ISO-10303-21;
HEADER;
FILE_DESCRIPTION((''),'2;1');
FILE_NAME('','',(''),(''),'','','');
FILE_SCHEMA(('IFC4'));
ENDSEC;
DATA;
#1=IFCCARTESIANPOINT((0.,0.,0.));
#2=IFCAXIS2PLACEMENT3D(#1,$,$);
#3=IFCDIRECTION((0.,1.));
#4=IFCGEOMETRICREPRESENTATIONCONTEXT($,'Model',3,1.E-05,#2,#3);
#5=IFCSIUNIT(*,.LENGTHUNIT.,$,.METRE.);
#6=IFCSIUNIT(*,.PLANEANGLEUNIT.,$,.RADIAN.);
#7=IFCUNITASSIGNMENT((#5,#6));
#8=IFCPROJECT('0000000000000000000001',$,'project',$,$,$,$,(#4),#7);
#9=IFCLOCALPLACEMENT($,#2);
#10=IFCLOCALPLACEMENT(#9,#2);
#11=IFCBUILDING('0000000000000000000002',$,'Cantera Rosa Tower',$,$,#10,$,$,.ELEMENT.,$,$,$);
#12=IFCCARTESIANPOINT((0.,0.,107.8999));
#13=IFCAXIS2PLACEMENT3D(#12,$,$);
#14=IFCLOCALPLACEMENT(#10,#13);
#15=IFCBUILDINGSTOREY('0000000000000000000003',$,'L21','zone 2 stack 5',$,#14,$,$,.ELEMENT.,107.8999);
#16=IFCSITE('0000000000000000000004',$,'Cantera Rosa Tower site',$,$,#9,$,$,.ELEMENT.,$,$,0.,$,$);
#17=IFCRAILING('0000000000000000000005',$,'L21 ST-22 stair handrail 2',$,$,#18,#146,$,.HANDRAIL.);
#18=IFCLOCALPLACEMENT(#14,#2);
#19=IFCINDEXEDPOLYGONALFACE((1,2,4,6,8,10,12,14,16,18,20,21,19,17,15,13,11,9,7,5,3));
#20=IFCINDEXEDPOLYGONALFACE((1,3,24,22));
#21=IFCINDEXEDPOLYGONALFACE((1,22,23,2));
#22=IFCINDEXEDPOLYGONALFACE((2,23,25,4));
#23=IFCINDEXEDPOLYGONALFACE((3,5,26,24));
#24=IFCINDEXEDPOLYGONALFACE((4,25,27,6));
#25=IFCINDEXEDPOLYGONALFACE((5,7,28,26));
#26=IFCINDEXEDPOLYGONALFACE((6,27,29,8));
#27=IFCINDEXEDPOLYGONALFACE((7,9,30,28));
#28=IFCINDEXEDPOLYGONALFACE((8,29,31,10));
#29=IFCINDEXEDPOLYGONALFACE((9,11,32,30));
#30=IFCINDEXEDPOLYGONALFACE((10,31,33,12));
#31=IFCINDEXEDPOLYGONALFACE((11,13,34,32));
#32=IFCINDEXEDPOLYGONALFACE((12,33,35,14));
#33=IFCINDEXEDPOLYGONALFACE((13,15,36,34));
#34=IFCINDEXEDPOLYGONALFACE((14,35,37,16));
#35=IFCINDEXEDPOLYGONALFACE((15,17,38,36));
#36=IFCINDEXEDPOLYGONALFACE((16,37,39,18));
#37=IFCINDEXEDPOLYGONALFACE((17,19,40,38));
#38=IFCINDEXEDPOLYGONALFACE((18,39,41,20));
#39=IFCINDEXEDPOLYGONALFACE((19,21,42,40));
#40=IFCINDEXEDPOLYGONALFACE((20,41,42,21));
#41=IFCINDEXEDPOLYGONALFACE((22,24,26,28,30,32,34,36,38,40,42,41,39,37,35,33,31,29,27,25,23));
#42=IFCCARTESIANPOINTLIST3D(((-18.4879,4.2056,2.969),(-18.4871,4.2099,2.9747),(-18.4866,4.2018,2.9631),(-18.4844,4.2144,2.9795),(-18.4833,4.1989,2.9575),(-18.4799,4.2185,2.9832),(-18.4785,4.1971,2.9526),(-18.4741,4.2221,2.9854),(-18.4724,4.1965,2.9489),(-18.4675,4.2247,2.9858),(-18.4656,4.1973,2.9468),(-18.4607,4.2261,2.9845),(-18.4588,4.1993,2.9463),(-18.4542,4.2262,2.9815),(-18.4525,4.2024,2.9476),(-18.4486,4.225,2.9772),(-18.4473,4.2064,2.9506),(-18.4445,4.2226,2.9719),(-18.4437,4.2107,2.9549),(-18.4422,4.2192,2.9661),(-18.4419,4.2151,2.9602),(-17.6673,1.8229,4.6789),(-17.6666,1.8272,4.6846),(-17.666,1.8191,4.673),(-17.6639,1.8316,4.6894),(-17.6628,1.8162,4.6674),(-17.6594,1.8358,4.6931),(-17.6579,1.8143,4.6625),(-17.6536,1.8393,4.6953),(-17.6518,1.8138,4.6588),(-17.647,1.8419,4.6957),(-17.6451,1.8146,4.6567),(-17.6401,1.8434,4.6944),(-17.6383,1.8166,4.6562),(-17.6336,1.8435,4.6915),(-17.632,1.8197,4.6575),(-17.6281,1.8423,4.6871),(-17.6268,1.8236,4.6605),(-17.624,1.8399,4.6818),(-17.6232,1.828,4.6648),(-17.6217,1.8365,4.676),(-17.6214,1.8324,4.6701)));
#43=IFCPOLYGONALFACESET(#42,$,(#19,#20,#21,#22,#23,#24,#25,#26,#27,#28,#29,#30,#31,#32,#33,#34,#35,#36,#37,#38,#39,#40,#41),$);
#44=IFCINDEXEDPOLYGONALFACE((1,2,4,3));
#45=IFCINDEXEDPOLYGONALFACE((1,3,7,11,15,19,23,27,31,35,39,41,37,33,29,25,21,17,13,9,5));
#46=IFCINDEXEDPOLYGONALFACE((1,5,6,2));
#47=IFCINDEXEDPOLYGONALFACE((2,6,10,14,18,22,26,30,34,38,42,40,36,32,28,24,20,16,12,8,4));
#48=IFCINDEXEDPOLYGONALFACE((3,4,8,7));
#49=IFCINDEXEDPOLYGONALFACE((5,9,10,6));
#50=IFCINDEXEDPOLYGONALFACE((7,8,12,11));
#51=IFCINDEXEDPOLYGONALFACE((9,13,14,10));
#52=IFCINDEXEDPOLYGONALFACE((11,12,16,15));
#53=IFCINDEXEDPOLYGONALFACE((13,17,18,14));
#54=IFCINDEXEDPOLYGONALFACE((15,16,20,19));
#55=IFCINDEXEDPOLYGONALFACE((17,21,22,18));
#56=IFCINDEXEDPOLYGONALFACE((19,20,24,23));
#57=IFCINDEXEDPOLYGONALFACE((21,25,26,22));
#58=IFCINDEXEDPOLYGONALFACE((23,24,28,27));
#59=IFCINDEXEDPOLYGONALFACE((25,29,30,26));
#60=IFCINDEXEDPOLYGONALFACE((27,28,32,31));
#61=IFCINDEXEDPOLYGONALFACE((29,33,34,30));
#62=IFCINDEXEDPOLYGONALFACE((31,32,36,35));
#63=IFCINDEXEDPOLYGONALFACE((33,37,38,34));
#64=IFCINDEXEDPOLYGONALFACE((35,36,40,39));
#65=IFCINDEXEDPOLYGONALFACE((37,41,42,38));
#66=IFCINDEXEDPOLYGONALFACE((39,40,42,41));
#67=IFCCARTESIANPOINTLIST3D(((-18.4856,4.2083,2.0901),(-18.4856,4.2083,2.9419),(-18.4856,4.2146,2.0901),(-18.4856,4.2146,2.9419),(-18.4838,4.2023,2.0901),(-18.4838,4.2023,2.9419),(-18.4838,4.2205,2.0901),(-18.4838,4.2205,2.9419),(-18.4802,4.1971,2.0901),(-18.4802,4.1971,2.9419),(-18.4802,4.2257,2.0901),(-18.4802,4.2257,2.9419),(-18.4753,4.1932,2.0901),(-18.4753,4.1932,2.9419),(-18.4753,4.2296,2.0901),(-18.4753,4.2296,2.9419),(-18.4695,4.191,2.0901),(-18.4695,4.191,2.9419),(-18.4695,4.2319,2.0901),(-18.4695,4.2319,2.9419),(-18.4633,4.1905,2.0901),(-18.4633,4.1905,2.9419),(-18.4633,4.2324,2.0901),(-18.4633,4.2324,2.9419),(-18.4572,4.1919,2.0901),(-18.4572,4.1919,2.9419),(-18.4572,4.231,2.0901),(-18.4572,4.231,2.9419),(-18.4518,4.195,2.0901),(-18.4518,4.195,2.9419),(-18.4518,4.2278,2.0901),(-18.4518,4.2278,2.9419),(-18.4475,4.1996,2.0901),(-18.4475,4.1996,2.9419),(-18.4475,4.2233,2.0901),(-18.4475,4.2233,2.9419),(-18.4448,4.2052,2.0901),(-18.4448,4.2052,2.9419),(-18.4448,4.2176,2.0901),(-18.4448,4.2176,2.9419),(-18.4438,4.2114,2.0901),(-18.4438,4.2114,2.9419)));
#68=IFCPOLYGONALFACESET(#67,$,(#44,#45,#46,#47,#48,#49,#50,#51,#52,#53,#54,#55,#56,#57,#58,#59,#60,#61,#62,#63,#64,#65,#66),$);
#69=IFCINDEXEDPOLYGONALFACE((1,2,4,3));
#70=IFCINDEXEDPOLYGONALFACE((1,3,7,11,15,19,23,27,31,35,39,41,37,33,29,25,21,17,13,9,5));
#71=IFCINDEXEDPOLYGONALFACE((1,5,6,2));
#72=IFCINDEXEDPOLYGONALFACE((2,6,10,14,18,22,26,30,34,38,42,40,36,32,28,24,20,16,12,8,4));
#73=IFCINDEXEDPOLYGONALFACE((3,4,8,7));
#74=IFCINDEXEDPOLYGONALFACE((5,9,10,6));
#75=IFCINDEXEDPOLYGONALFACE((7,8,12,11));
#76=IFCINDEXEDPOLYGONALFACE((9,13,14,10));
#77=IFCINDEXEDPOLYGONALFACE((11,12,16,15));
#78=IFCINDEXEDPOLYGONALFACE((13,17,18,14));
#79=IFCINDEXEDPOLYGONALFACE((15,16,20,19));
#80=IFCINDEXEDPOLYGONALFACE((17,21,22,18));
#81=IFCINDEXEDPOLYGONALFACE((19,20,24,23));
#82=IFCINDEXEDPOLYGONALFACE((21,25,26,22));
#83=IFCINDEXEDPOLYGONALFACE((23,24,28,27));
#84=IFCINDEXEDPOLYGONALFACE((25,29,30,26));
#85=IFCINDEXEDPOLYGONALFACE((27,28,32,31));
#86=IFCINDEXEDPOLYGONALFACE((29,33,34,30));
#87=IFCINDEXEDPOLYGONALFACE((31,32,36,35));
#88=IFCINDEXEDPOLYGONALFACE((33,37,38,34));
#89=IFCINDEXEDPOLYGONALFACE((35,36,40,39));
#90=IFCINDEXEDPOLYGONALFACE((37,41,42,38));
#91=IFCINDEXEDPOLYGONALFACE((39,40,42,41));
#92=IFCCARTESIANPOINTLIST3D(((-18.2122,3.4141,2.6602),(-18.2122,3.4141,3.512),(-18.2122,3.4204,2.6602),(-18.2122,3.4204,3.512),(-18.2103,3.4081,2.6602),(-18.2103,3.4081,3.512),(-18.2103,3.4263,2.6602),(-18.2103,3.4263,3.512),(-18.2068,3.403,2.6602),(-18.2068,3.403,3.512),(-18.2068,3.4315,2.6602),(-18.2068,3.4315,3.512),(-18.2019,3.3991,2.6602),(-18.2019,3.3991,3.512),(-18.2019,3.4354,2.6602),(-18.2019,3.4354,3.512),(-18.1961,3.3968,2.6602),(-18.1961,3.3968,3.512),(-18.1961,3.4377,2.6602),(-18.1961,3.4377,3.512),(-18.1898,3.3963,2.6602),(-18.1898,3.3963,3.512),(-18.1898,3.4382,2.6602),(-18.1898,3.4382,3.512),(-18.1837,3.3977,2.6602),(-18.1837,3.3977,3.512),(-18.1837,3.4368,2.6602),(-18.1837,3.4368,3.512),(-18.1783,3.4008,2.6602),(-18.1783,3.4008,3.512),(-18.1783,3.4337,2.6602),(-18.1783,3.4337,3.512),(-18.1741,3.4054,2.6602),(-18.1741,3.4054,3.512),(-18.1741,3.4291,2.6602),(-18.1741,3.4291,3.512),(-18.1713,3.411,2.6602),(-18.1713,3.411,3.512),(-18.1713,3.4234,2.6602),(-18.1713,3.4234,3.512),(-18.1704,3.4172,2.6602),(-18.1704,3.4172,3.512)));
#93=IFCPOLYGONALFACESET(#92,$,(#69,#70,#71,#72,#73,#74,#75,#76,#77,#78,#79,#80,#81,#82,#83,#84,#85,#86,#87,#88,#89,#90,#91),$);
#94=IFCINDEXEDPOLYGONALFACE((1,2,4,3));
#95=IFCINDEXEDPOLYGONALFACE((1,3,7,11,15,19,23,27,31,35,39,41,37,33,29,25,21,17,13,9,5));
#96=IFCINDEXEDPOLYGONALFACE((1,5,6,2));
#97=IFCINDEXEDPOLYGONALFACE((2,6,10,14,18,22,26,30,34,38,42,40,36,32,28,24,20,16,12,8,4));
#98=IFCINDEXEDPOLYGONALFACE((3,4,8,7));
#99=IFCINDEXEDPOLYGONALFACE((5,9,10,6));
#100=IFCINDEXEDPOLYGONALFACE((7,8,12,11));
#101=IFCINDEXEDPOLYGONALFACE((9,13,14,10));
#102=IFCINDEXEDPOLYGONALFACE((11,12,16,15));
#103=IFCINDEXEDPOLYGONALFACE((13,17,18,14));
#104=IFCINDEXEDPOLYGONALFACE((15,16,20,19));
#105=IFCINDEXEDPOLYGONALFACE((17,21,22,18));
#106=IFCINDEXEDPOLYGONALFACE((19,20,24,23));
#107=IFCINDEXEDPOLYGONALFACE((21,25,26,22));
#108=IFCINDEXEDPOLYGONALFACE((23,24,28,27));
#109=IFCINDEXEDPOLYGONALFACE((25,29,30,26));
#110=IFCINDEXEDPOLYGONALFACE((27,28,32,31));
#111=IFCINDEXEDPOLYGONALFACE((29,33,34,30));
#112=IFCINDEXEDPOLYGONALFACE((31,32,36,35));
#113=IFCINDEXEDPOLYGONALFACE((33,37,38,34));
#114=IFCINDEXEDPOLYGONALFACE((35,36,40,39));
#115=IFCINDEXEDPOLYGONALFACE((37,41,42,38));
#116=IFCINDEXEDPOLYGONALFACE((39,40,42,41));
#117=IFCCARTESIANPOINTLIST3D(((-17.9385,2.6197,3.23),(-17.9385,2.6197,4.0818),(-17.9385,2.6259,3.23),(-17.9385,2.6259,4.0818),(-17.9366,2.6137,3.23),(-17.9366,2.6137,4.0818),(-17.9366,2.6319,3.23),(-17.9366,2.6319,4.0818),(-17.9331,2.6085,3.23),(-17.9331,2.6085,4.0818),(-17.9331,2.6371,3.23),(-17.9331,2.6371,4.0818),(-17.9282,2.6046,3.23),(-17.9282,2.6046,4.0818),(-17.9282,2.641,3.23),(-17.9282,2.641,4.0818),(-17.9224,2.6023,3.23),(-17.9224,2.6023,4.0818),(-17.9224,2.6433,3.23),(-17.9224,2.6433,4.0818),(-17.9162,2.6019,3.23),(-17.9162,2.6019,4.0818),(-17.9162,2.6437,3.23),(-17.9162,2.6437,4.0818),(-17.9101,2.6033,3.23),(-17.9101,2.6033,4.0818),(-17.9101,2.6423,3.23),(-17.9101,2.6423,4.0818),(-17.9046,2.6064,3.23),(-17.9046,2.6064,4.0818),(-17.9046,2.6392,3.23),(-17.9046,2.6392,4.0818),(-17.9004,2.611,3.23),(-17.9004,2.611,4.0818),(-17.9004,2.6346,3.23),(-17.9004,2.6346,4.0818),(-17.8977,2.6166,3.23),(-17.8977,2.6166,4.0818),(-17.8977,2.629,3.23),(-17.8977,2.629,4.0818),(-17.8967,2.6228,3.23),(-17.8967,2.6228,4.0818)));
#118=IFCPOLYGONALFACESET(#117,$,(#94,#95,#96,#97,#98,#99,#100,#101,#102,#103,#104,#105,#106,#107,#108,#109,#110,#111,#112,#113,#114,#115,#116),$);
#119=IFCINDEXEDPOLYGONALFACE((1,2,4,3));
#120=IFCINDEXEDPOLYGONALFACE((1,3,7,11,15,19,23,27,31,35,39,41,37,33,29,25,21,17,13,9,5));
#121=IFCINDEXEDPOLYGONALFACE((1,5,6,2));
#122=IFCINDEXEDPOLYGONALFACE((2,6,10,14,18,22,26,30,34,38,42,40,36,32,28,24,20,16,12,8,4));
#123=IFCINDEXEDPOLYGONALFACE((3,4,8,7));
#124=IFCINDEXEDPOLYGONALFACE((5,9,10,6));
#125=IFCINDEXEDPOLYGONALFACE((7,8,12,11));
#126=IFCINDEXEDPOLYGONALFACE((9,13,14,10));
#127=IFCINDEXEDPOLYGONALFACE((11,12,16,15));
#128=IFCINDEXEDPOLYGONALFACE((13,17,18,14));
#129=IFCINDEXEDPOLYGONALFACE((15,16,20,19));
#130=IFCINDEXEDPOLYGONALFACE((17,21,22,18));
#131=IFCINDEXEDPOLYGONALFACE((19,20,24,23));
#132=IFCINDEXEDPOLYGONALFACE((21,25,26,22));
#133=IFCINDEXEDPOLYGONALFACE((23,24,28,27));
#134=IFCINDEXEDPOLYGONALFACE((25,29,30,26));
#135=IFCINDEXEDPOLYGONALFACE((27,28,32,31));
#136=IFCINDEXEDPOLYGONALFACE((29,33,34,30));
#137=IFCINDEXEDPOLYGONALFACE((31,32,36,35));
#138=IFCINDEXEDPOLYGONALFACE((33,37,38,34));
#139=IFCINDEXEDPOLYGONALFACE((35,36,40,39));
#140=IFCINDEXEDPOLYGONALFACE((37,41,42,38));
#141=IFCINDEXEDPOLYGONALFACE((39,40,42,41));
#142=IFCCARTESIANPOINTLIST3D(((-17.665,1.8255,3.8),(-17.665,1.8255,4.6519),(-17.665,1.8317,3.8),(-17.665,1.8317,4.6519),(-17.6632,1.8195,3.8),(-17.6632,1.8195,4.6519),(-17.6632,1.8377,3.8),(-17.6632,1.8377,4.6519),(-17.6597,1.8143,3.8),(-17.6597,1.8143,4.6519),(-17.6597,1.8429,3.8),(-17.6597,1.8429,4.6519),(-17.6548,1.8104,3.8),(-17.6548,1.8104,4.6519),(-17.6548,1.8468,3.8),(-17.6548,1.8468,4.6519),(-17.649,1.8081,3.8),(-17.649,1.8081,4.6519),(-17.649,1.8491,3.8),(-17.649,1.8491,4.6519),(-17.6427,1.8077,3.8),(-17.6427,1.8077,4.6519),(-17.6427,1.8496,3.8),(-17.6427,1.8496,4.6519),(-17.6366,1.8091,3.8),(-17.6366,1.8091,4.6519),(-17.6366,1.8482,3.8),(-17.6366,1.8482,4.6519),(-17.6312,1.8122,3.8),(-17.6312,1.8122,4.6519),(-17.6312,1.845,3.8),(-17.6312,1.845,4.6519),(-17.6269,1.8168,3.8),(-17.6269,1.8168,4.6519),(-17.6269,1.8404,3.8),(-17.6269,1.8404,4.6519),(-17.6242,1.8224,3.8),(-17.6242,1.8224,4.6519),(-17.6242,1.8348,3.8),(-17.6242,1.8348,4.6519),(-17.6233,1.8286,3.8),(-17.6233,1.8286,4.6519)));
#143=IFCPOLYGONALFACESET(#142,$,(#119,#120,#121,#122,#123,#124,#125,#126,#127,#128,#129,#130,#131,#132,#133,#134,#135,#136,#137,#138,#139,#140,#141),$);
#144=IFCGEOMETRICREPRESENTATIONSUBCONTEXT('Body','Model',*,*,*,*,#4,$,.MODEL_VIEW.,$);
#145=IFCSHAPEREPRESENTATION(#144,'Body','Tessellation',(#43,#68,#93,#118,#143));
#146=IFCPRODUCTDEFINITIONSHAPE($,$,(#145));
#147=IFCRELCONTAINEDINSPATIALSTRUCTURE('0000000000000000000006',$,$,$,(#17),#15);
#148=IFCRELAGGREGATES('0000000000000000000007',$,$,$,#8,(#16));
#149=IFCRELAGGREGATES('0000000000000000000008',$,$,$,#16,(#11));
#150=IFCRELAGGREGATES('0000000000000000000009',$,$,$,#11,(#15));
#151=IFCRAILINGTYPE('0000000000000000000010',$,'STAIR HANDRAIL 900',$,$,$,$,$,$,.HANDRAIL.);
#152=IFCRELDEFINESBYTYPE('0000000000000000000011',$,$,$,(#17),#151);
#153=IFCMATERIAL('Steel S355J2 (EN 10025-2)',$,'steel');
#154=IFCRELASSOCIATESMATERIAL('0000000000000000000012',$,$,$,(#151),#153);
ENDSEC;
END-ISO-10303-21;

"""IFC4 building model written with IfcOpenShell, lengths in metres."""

from ifc_helpers import new_model, si_unit, direction, frame, origin, origin_2d, place, context, subcontext, project, spatial, circle, extrude, material, type_object, element, save


model = new_model("IFC4")

# Units and contexts
model_context = context("Model", 3, precision=1e-05, world=origin(), true_north=direction((0.0, 1.0)))
body_context = subcontext(model_context, "Body", "Model", "MODEL_VIEW")
ifc_project = project(units=[si_unit("LENGTHUNIT", "METRE"), si_unit("PLANEANGLEUNIT", "RADIAN")], contexts=[model_context])

# Site, building, storey
site_placement = place(None, origin())
site = spatial("IfcSite", under=ifc_project, at=site_placement, Name="Cantera Rosa Tower site", CompositionType="ELEMENT", RefElevation=0.0)
building_placement = place(site_placement, origin())
building = spatial("IfcBuilding", under=site, at=building_placement, Name="Cantera Rosa Tower", CompositionType="ELEMENT")
storey_placement = place(building_placement, frame((0.0, 0.0, 107.8999)))
storey = spatial("IfcBuildingStorey", under=building, at=storey_placement, Name="L21", Description="zone 2 stack 5", CompositionType="ELEMENT", Elevation=107.8999)

# Railing
ifc_material_1 = material(Name="Steel S355J2 (EN 10025-2)", Category="steel")
railing_type_1 = type_object("IfcRailingType", Name="STAIR HANDRAIL 900", PredefinedType="HANDRAIL", material=ifc_material_1)
railing_1_placement = place(storey_placement, frame((-18.4648, 4.2114, 2.0901)))
element("IfcRailing", 1, at=railing_1_placement, inside=storey, type_object=railing_type_1, Name="L21 ST-22 stair handrail 2", PredefinedType="HANDRAIL", context=body_context, shape_type="SweptSolid", body=[
    extrude(circle(Radius=0.0239, at=origin_2d()), frame((0.0, 0.0, 0.876), z_axis=(0.269432, -0.782404, 0.561471), x_axis=(0.945508, 0.3256, 0.0)), (0.0, 0.0, 1.0), 3.0454),
    extrude(circle(Radius=0.021, at=origin_2d()), origin(), (0.0, 0.0, 1.0), 0.8518),
    extrude(circle(Radius=0.021, at=origin_2d()), frame((0.2734, -0.7942, 0.5701)), (0.0, 0.0, 1.0), 0.8518),
    extrude(circle(Radius=0.021, at=origin_2d()), frame((0.5471, -1.5886, 1.1399)), (0.0, 0.0, 1.0), 0.8518),
    extrude(circle(Radius=0.021, at=origin_2d()), frame((0.8206, -2.3828, 1.71)), (0.0, 0.0, 1.0), 0.8518),
])

save(model, "model.ifc")
